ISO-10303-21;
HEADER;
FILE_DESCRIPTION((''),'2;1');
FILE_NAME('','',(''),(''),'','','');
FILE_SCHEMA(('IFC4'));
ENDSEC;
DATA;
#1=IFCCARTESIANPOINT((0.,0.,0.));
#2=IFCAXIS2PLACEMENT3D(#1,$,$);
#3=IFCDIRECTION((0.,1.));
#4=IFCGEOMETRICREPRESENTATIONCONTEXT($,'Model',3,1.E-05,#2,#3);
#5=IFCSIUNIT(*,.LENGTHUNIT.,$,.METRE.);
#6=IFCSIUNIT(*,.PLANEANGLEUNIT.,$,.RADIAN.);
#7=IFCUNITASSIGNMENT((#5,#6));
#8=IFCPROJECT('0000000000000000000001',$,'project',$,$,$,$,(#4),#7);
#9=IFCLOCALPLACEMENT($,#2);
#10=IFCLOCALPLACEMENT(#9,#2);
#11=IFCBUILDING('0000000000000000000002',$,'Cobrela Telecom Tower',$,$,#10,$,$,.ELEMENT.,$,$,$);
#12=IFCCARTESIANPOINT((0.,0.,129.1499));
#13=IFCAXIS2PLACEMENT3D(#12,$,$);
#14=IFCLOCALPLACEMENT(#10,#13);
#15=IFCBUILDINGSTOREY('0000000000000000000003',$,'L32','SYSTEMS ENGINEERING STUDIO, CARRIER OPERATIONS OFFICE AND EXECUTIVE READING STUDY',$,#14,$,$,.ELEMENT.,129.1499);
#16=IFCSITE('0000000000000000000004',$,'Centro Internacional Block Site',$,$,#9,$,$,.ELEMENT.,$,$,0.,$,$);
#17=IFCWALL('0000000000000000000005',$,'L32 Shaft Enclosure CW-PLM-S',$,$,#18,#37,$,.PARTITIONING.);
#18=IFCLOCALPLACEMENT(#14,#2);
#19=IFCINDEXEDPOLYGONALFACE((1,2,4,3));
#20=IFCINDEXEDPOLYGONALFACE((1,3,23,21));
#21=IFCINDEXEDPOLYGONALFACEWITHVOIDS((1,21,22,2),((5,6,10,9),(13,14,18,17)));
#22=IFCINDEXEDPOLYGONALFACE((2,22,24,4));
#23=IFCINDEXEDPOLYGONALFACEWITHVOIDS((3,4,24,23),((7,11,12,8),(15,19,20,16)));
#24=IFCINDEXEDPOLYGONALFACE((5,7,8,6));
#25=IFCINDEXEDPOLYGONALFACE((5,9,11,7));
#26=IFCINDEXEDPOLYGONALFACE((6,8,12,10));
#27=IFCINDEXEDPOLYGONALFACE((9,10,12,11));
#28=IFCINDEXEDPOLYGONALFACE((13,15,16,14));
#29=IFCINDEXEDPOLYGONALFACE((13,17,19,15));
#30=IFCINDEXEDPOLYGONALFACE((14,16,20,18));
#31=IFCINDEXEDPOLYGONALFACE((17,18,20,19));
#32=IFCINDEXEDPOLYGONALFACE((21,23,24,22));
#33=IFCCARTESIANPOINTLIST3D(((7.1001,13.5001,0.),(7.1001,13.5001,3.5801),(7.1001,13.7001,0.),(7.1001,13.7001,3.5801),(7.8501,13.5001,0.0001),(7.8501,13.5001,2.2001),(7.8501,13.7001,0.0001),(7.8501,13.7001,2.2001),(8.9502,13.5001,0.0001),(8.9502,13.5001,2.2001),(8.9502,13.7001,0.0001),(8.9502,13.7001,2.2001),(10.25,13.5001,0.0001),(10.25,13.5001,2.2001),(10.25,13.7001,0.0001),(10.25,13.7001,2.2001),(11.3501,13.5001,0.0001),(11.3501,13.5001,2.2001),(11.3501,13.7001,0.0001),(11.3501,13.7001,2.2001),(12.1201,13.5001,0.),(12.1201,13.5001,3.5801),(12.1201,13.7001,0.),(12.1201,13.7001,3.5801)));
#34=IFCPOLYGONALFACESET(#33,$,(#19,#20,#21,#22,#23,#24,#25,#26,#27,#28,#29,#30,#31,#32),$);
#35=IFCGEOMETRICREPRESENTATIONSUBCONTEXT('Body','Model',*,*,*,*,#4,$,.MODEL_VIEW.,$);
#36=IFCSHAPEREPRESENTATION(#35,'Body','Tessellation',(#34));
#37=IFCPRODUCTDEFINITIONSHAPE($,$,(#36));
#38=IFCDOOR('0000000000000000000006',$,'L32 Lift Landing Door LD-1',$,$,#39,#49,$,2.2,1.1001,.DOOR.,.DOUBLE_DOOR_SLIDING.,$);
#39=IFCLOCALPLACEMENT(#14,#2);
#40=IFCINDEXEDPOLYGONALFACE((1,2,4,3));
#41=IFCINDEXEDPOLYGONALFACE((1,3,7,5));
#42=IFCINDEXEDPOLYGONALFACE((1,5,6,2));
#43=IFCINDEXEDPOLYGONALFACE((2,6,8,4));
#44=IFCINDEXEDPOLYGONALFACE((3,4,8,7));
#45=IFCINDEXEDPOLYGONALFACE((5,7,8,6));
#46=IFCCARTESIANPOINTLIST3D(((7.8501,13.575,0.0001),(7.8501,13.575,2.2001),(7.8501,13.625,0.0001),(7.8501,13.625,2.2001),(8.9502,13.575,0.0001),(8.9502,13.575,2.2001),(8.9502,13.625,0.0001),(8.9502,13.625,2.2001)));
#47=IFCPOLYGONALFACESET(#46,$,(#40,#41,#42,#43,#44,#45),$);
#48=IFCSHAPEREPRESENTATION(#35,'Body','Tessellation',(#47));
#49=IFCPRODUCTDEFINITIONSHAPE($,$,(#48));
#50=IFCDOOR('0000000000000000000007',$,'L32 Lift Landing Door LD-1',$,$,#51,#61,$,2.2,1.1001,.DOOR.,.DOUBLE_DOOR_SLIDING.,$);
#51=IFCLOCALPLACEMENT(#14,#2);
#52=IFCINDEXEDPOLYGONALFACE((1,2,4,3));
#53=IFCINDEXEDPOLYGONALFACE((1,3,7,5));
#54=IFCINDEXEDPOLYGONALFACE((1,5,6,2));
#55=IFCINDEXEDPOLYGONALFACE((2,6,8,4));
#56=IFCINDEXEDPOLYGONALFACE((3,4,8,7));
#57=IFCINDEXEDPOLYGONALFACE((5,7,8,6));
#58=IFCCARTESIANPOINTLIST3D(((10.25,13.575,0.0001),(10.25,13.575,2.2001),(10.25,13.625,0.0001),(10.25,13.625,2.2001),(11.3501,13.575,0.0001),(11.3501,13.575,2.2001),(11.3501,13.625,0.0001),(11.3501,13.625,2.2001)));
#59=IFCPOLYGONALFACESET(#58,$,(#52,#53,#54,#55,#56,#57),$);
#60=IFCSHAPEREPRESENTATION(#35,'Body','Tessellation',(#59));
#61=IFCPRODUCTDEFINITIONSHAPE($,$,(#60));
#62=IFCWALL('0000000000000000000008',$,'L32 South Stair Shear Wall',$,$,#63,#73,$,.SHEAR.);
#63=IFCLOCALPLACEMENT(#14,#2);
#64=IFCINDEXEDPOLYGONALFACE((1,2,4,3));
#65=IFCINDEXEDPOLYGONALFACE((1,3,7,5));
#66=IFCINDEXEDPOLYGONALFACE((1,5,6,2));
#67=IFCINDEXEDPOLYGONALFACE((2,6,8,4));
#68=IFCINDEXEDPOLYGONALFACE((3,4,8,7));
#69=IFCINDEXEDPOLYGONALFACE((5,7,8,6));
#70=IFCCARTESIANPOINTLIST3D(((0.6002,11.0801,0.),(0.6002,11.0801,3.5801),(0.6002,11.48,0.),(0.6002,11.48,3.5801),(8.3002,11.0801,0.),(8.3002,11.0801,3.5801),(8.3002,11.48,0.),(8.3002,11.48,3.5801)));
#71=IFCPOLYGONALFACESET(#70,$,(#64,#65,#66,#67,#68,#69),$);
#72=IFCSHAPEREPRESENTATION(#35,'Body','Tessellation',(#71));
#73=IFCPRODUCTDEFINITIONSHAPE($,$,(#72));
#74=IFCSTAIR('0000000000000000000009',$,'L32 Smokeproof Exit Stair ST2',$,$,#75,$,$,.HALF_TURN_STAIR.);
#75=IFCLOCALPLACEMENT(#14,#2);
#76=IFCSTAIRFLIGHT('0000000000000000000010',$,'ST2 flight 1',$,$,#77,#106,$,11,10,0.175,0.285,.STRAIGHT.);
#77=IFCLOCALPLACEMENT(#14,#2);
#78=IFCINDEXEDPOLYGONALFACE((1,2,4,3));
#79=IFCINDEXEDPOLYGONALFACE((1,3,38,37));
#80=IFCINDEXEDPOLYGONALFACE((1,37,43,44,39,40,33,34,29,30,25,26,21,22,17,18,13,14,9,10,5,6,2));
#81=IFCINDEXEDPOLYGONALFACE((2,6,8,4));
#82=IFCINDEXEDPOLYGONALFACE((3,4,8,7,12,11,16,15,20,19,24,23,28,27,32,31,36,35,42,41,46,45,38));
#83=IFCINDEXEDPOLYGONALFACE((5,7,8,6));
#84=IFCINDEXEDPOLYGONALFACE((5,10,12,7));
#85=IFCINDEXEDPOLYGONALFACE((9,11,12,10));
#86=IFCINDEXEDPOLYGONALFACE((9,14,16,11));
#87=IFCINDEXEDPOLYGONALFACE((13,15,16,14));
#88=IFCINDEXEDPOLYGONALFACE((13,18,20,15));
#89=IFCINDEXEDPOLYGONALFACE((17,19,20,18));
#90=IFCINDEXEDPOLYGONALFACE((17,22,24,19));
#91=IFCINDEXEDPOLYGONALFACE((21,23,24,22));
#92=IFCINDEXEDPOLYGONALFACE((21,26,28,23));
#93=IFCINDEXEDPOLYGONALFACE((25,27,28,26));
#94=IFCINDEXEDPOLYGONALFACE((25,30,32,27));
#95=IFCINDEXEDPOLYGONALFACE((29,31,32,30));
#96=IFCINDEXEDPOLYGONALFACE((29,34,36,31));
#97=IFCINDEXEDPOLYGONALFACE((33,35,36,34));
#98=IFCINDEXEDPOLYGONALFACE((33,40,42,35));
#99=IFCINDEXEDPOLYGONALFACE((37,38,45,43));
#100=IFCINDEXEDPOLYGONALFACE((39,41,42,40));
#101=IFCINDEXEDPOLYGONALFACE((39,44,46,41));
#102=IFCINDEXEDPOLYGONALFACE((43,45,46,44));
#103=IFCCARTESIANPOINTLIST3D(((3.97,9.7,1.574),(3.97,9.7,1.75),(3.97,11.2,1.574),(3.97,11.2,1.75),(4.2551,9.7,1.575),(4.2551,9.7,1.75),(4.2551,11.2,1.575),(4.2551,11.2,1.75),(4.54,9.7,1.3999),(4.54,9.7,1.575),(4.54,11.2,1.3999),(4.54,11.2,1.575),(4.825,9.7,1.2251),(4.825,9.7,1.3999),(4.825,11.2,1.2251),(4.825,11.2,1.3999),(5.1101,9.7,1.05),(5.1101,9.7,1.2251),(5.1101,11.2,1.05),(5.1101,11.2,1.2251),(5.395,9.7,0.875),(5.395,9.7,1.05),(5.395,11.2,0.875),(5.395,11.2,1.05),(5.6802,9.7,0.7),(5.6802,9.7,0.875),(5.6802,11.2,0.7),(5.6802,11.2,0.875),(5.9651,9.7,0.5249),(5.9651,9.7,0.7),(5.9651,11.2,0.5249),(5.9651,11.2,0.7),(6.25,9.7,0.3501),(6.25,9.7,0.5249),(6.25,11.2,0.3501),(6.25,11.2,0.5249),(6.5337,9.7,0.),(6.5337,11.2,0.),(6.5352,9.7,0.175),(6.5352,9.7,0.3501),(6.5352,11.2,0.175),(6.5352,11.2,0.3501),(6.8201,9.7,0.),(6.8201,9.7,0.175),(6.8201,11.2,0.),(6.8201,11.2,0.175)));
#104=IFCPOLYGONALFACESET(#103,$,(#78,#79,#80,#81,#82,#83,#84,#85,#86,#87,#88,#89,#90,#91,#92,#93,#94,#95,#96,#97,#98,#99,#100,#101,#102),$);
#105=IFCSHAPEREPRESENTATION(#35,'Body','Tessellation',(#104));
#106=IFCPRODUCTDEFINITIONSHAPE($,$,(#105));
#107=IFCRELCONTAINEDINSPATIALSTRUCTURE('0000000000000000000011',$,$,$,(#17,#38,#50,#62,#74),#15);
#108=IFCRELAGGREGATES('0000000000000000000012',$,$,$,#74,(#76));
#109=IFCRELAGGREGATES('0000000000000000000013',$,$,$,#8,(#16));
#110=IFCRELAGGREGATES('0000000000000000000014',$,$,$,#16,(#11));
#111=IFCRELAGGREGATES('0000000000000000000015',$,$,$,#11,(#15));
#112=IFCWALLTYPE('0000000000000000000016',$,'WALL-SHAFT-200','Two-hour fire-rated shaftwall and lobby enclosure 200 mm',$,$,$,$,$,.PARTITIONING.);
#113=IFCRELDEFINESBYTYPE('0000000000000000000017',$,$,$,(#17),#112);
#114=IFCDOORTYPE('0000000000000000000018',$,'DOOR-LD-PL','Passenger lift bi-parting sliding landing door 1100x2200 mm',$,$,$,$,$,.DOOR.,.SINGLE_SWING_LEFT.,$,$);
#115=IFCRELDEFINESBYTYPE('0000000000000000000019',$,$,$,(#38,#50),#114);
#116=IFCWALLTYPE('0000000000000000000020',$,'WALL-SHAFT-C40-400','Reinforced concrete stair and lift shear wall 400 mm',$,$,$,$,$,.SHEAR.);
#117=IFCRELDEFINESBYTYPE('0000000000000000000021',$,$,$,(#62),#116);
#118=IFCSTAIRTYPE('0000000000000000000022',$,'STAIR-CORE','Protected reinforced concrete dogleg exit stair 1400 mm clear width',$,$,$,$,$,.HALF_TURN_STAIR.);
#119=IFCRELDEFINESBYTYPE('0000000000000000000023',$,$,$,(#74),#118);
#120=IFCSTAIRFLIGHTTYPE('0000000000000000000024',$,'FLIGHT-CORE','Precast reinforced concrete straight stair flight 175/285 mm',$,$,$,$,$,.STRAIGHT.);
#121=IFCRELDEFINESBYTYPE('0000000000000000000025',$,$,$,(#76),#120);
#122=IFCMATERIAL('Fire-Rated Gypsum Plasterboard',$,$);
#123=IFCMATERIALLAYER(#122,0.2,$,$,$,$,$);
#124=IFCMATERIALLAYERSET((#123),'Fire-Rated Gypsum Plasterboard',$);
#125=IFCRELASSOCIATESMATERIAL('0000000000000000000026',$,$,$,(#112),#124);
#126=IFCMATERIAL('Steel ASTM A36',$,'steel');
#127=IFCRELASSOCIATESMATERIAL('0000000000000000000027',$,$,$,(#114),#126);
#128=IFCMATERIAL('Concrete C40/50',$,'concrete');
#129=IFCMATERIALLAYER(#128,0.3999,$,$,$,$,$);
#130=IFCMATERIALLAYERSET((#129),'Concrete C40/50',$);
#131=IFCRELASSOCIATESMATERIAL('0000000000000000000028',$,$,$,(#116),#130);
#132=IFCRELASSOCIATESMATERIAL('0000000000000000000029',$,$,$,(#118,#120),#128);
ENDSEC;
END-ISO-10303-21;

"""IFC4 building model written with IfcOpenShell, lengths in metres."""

from ifc_helpers import new_model, si_unit, direction, frame, frame_2d, origin, place, context, subcontext, project, spatial, polyline, rectangle, outline, extrude, material, layer, layer_set, type_object, element, fill, aggregate, save


model = new_model("IFC4")

# Units and contexts
model_context = context("Model", 3, precision=1e-05, world=origin(), true_north=direction((0.0, 1.0)))
body_context = subcontext(model_context, "Body", "Model", "MODEL_VIEW")
ifc_project = project(units=[si_unit("LENGTHUNIT", "METRE"), si_unit("PLANEANGLEUNIT", "RADIAN")], contexts=[model_context])

# Site, building, storey
site_placement = place(None, origin())
site = spatial("IfcSite", under=ifc_project, at=site_placement, Name="Centro Internacional Block Site", CompositionType="ELEMENT", RefElevation=0.0)
building_placement = place(site_placement, origin())
building = spatial("IfcBuilding", under=site, at=building_placement, Name="Cobrela Telecom Tower", CompositionType="ELEMENT")
storey_placement = place(building_placement, frame((0.0, 0.0, 129.1499)))
storey = spatial("IfcBuildingStorey", under=building, at=storey_placement, Name="L32", Description="SYSTEMS ENGINEERING STUDIO, CARRIER OPERATIONS OFFICE AND EXECUTIVE READING STUDY", CompositionType="ELEMENT", Elevation=129.1499)

# Shared definitions
ifc_material_1 = material(Name="Fire-Rated Gypsum Plasterboard")

# Shared definitions
ifc_layer_1 = layer(ifc_material_1, 0.2)
ifc_layer_set_1 = layer_set([ifc_layer_1], Name="Fire-Rated Gypsum Plasterboard")
wall_type_1 = type_object("IfcWallType", Name="WALL-SHAFT-200", Description="Two-hour fire-rated shaftwall and lobby enclosure 200 mm", PredefinedType="PARTITIONING", material=ifc_layer_set_1)

# Wall, openings, doors
ifc_material_2 = material(Name="Steel ASTM A36", Category="steel")
door_type_1 = type_object("IfcDoorType", Name="DOOR-LD-PL", Description="Passenger lift bi-parting sliding landing door 1100x2200 mm", OperationType="SINGLE_SWING_LEFT", PredefinedType="DOOR", material=ifc_material_2)
wall_1_placement = place(storey_placement, frame((7.1001, 13.6001, 0.0), z_axis=(0.0, 0.0, 1.0), x_axis=(1.0, 0.0, 0.0)))
wall_1 = element("IfcWall", 1, at=wall_1_placement, inside=storey, type_object=wall_type_1, Name="L32 Shaft Enclosure CW-PLM-S", PredefinedType="PARTITIONING", context=body_context, shape_type="SweptSolid", body=[
    extrude(rectangle(XDim=5.02, YDim=0.2, at=frame_2d((2.51, 0.0))), origin(), (0.0, 0.0, 1.0), 3.5801),
])
opening_1_placement = place(wall_1_placement, frame((0.75, 0.0, 0.0)))
opening_1 = element("IfcOpeningElement", 2, at=opening_1_placement, cuts=wall_1, PredefinedType="OPENING", context=body_context, shape_type="SweptSolid", body=[
    extrude(rectangle(XDim=1.1001, YDim=2.2, at=frame_2d((0.55, 1.1001))), frame((0.0, 0.1118, 0.0), z_axis=(0.0, -1.0, 0.0), x_axis=(1.0, 0.0, 0.0)), (0.0, 0.0, 1.0), 0.2239),
])
opening_2_placement = place(wall_1_placement, frame((3.1499, 0.0, 0.0)))
opening_2 = element("IfcOpeningElement", 3, at=opening_2_placement, cuts=wall_1, PredefinedType="OPENING", context=body_context, shape_type="SweptSolid", body=[
    extrude(rectangle(XDim=1.1001, YDim=2.2, at=frame_2d((0.55, 1.1001))), frame((0.0, 0.1118, 0.0), z_axis=(0.0, -1.0, 0.0), x_axis=(1.0, 0.0, 0.0)), (0.0, 0.0, 1.0), 0.2239),
])
door_1_placement = place(opening_1_placement, origin())
door_1 = element("IfcDoor", 4, at=door_1_placement, inside=storey, type_object=door_type_1, Name="L32 Lift Landing Door LD-1", OperationType="DOUBLE_DOOR_SLIDING", OverallHeight=2.2, OverallWidth=1.1001, PredefinedType="DOOR", context=body_context, shape_type="SweptSolid", body=[
    extrude(rectangle(XDim=1.1001, YDim=2.2, at=frame_2d((0.55, 1.1001))), frame((0.0, 0.0249, 0.0), z_axis=(0.0, -1.0, 0.0), x_axis=(1.0, 0.0, 0.0)), (0.0, 0.0, 1.0), 0.05),
])
fill(opening_1, door_1)
door_2_placement = place(opening_2_placement, origin())
door_2 = element("IfcDoor", 5, at=door_2_placement, inside=storey, type_object=door_type_1, Name="L32 Lift Landing Door LD-1", OperationType="DOUBLE_DOOR_SLIDING", OverallHeight=2.2, OverallWidth=1.1001, PredefinedType="DOOR", context=body_context, shape_type="SweptSolid", body=[
    extrude(rectangle(XDim=1.1001, YDim=2.2, at=frame_2d((0.55, 1.1001))), frame((0.0, 0.0249, 0.0), z_axis=(0.0, -1.0, 0.0), x_axis=(1.0, 0.0, 0.0)), (0.0, 0.0, 1.0), 0.05),
])
fill(opening_2, door_2)

# Wall
ifc_material_3 = material(Name="Concrete C40/50", Category="concrete")
ifc_layer_2 = layer(ifc_material_3, 0.3999)
ifc_layer_set_2 = layer_set([ifc_layer_2], Name="Concrete C40/50")
wall_type_2 = type_object("IfcWallType", Name="WALL-SHAFT-C40-400", Description="Reinforced concrete stair and lift shear wall 400 mm", PredefinedType="SHEAR", material=ifc_layer_set_2)
wall_2_placement = place(storey_placement, frame((0.6001, 11.28, 0.0), z_axis=(0.0, 0.0, 1.0), x_axis=(1.0, 0.0, 0.0)))
element("IfcWall", 6, at=wall_2_placement, inside=storey, type_object=wall_type_2, Name="L32 South Stair Shear Wall", PredefinedType="SHEAR", context=body_context, shape_type="SweptSolid", body=[
    extrude(rectangle(XDim=7.7, YDim=0.3999, at=frame_2d((3.8501, 0.0))), origin(), (0.0, 0.0, 1.0), 3.5801),
])

# Stair, stair flight
stair_type = type_object("IfcStairType", Name="STAIR-CORE", Description="Protected reinforced concrete dogleg exit stair 1400 mm clear width", PredefinedType="HALF_TURN_STAIR", material=ifc_material_3)
stair_placement = place(storey_placement, origin())
stair = element("IfcStair", 7, at=stair_placement, inside=storey, type_object=stair_type, Name="L32 Smokeproof Exit Stair ST2", PredefinedType="HALF_TURN_STAIR")
stair_flight_type = type_object("IfcStairFlightType", Name="FLIGHT-CORE", Description="Precast reinforced concrete straight stair flight 175/285 mm", PredefinedType="STRAIGHT", material=ifc_material_3)
stair_flight_placement = place(storey_placement, frame((6.8201, 10.45, 0.0), z_axis=(0.0, 0.0, 1.0), x_axis=(-1.0, 0.0, 0.0)))
stair_flight = element("IfcStairFlight", 8, at=stair_flight_placement, type_object=stair_flight_type, Name="ST2 flight 1", NumberOfRisers=11, NumberOfTreads=10, PredefinedType="STRAIGHT", RiserHeight=0.175, TreadLength=0.285, context=body_context, shape_type="SweptSolid", body=[
    extrude(outline(polyline([(0.0, 0.0), (0.0, 0.175), (0.2849, 0.175), (0.2849, 0.3501), (0.5701, 0.3501), (0.5701, 0.5249), (0.855, 0.5249), (0.855, 0.7), (1.1399, 0.7), (1.1399, 0.875), (1.425, 0.875), (1.425, 1.05), (1.71, 1.05), (1.71, 1.2251), (1.9951, 1.2251), (1.9951, 1.3999), (2.28, 1.3999), (2.28, 1.575), (2.5649, 1.575), (2.5649, 1.75), (2.8501, 1.75), (2.8501, 1.925), (2.8501, 1.574), (0.2864, 0.0), (0.0, 0.0)])), frame((0.0, 0.75, 0.0), z_axis=(0.0, -1.0, 0.0), x_axis=(1.0, 0.0, 0.0)), (0.0, 0.0, 1.0), 1.5),
])
aggregate(stair, [stair_flight])

save(model, "model.ifc")
